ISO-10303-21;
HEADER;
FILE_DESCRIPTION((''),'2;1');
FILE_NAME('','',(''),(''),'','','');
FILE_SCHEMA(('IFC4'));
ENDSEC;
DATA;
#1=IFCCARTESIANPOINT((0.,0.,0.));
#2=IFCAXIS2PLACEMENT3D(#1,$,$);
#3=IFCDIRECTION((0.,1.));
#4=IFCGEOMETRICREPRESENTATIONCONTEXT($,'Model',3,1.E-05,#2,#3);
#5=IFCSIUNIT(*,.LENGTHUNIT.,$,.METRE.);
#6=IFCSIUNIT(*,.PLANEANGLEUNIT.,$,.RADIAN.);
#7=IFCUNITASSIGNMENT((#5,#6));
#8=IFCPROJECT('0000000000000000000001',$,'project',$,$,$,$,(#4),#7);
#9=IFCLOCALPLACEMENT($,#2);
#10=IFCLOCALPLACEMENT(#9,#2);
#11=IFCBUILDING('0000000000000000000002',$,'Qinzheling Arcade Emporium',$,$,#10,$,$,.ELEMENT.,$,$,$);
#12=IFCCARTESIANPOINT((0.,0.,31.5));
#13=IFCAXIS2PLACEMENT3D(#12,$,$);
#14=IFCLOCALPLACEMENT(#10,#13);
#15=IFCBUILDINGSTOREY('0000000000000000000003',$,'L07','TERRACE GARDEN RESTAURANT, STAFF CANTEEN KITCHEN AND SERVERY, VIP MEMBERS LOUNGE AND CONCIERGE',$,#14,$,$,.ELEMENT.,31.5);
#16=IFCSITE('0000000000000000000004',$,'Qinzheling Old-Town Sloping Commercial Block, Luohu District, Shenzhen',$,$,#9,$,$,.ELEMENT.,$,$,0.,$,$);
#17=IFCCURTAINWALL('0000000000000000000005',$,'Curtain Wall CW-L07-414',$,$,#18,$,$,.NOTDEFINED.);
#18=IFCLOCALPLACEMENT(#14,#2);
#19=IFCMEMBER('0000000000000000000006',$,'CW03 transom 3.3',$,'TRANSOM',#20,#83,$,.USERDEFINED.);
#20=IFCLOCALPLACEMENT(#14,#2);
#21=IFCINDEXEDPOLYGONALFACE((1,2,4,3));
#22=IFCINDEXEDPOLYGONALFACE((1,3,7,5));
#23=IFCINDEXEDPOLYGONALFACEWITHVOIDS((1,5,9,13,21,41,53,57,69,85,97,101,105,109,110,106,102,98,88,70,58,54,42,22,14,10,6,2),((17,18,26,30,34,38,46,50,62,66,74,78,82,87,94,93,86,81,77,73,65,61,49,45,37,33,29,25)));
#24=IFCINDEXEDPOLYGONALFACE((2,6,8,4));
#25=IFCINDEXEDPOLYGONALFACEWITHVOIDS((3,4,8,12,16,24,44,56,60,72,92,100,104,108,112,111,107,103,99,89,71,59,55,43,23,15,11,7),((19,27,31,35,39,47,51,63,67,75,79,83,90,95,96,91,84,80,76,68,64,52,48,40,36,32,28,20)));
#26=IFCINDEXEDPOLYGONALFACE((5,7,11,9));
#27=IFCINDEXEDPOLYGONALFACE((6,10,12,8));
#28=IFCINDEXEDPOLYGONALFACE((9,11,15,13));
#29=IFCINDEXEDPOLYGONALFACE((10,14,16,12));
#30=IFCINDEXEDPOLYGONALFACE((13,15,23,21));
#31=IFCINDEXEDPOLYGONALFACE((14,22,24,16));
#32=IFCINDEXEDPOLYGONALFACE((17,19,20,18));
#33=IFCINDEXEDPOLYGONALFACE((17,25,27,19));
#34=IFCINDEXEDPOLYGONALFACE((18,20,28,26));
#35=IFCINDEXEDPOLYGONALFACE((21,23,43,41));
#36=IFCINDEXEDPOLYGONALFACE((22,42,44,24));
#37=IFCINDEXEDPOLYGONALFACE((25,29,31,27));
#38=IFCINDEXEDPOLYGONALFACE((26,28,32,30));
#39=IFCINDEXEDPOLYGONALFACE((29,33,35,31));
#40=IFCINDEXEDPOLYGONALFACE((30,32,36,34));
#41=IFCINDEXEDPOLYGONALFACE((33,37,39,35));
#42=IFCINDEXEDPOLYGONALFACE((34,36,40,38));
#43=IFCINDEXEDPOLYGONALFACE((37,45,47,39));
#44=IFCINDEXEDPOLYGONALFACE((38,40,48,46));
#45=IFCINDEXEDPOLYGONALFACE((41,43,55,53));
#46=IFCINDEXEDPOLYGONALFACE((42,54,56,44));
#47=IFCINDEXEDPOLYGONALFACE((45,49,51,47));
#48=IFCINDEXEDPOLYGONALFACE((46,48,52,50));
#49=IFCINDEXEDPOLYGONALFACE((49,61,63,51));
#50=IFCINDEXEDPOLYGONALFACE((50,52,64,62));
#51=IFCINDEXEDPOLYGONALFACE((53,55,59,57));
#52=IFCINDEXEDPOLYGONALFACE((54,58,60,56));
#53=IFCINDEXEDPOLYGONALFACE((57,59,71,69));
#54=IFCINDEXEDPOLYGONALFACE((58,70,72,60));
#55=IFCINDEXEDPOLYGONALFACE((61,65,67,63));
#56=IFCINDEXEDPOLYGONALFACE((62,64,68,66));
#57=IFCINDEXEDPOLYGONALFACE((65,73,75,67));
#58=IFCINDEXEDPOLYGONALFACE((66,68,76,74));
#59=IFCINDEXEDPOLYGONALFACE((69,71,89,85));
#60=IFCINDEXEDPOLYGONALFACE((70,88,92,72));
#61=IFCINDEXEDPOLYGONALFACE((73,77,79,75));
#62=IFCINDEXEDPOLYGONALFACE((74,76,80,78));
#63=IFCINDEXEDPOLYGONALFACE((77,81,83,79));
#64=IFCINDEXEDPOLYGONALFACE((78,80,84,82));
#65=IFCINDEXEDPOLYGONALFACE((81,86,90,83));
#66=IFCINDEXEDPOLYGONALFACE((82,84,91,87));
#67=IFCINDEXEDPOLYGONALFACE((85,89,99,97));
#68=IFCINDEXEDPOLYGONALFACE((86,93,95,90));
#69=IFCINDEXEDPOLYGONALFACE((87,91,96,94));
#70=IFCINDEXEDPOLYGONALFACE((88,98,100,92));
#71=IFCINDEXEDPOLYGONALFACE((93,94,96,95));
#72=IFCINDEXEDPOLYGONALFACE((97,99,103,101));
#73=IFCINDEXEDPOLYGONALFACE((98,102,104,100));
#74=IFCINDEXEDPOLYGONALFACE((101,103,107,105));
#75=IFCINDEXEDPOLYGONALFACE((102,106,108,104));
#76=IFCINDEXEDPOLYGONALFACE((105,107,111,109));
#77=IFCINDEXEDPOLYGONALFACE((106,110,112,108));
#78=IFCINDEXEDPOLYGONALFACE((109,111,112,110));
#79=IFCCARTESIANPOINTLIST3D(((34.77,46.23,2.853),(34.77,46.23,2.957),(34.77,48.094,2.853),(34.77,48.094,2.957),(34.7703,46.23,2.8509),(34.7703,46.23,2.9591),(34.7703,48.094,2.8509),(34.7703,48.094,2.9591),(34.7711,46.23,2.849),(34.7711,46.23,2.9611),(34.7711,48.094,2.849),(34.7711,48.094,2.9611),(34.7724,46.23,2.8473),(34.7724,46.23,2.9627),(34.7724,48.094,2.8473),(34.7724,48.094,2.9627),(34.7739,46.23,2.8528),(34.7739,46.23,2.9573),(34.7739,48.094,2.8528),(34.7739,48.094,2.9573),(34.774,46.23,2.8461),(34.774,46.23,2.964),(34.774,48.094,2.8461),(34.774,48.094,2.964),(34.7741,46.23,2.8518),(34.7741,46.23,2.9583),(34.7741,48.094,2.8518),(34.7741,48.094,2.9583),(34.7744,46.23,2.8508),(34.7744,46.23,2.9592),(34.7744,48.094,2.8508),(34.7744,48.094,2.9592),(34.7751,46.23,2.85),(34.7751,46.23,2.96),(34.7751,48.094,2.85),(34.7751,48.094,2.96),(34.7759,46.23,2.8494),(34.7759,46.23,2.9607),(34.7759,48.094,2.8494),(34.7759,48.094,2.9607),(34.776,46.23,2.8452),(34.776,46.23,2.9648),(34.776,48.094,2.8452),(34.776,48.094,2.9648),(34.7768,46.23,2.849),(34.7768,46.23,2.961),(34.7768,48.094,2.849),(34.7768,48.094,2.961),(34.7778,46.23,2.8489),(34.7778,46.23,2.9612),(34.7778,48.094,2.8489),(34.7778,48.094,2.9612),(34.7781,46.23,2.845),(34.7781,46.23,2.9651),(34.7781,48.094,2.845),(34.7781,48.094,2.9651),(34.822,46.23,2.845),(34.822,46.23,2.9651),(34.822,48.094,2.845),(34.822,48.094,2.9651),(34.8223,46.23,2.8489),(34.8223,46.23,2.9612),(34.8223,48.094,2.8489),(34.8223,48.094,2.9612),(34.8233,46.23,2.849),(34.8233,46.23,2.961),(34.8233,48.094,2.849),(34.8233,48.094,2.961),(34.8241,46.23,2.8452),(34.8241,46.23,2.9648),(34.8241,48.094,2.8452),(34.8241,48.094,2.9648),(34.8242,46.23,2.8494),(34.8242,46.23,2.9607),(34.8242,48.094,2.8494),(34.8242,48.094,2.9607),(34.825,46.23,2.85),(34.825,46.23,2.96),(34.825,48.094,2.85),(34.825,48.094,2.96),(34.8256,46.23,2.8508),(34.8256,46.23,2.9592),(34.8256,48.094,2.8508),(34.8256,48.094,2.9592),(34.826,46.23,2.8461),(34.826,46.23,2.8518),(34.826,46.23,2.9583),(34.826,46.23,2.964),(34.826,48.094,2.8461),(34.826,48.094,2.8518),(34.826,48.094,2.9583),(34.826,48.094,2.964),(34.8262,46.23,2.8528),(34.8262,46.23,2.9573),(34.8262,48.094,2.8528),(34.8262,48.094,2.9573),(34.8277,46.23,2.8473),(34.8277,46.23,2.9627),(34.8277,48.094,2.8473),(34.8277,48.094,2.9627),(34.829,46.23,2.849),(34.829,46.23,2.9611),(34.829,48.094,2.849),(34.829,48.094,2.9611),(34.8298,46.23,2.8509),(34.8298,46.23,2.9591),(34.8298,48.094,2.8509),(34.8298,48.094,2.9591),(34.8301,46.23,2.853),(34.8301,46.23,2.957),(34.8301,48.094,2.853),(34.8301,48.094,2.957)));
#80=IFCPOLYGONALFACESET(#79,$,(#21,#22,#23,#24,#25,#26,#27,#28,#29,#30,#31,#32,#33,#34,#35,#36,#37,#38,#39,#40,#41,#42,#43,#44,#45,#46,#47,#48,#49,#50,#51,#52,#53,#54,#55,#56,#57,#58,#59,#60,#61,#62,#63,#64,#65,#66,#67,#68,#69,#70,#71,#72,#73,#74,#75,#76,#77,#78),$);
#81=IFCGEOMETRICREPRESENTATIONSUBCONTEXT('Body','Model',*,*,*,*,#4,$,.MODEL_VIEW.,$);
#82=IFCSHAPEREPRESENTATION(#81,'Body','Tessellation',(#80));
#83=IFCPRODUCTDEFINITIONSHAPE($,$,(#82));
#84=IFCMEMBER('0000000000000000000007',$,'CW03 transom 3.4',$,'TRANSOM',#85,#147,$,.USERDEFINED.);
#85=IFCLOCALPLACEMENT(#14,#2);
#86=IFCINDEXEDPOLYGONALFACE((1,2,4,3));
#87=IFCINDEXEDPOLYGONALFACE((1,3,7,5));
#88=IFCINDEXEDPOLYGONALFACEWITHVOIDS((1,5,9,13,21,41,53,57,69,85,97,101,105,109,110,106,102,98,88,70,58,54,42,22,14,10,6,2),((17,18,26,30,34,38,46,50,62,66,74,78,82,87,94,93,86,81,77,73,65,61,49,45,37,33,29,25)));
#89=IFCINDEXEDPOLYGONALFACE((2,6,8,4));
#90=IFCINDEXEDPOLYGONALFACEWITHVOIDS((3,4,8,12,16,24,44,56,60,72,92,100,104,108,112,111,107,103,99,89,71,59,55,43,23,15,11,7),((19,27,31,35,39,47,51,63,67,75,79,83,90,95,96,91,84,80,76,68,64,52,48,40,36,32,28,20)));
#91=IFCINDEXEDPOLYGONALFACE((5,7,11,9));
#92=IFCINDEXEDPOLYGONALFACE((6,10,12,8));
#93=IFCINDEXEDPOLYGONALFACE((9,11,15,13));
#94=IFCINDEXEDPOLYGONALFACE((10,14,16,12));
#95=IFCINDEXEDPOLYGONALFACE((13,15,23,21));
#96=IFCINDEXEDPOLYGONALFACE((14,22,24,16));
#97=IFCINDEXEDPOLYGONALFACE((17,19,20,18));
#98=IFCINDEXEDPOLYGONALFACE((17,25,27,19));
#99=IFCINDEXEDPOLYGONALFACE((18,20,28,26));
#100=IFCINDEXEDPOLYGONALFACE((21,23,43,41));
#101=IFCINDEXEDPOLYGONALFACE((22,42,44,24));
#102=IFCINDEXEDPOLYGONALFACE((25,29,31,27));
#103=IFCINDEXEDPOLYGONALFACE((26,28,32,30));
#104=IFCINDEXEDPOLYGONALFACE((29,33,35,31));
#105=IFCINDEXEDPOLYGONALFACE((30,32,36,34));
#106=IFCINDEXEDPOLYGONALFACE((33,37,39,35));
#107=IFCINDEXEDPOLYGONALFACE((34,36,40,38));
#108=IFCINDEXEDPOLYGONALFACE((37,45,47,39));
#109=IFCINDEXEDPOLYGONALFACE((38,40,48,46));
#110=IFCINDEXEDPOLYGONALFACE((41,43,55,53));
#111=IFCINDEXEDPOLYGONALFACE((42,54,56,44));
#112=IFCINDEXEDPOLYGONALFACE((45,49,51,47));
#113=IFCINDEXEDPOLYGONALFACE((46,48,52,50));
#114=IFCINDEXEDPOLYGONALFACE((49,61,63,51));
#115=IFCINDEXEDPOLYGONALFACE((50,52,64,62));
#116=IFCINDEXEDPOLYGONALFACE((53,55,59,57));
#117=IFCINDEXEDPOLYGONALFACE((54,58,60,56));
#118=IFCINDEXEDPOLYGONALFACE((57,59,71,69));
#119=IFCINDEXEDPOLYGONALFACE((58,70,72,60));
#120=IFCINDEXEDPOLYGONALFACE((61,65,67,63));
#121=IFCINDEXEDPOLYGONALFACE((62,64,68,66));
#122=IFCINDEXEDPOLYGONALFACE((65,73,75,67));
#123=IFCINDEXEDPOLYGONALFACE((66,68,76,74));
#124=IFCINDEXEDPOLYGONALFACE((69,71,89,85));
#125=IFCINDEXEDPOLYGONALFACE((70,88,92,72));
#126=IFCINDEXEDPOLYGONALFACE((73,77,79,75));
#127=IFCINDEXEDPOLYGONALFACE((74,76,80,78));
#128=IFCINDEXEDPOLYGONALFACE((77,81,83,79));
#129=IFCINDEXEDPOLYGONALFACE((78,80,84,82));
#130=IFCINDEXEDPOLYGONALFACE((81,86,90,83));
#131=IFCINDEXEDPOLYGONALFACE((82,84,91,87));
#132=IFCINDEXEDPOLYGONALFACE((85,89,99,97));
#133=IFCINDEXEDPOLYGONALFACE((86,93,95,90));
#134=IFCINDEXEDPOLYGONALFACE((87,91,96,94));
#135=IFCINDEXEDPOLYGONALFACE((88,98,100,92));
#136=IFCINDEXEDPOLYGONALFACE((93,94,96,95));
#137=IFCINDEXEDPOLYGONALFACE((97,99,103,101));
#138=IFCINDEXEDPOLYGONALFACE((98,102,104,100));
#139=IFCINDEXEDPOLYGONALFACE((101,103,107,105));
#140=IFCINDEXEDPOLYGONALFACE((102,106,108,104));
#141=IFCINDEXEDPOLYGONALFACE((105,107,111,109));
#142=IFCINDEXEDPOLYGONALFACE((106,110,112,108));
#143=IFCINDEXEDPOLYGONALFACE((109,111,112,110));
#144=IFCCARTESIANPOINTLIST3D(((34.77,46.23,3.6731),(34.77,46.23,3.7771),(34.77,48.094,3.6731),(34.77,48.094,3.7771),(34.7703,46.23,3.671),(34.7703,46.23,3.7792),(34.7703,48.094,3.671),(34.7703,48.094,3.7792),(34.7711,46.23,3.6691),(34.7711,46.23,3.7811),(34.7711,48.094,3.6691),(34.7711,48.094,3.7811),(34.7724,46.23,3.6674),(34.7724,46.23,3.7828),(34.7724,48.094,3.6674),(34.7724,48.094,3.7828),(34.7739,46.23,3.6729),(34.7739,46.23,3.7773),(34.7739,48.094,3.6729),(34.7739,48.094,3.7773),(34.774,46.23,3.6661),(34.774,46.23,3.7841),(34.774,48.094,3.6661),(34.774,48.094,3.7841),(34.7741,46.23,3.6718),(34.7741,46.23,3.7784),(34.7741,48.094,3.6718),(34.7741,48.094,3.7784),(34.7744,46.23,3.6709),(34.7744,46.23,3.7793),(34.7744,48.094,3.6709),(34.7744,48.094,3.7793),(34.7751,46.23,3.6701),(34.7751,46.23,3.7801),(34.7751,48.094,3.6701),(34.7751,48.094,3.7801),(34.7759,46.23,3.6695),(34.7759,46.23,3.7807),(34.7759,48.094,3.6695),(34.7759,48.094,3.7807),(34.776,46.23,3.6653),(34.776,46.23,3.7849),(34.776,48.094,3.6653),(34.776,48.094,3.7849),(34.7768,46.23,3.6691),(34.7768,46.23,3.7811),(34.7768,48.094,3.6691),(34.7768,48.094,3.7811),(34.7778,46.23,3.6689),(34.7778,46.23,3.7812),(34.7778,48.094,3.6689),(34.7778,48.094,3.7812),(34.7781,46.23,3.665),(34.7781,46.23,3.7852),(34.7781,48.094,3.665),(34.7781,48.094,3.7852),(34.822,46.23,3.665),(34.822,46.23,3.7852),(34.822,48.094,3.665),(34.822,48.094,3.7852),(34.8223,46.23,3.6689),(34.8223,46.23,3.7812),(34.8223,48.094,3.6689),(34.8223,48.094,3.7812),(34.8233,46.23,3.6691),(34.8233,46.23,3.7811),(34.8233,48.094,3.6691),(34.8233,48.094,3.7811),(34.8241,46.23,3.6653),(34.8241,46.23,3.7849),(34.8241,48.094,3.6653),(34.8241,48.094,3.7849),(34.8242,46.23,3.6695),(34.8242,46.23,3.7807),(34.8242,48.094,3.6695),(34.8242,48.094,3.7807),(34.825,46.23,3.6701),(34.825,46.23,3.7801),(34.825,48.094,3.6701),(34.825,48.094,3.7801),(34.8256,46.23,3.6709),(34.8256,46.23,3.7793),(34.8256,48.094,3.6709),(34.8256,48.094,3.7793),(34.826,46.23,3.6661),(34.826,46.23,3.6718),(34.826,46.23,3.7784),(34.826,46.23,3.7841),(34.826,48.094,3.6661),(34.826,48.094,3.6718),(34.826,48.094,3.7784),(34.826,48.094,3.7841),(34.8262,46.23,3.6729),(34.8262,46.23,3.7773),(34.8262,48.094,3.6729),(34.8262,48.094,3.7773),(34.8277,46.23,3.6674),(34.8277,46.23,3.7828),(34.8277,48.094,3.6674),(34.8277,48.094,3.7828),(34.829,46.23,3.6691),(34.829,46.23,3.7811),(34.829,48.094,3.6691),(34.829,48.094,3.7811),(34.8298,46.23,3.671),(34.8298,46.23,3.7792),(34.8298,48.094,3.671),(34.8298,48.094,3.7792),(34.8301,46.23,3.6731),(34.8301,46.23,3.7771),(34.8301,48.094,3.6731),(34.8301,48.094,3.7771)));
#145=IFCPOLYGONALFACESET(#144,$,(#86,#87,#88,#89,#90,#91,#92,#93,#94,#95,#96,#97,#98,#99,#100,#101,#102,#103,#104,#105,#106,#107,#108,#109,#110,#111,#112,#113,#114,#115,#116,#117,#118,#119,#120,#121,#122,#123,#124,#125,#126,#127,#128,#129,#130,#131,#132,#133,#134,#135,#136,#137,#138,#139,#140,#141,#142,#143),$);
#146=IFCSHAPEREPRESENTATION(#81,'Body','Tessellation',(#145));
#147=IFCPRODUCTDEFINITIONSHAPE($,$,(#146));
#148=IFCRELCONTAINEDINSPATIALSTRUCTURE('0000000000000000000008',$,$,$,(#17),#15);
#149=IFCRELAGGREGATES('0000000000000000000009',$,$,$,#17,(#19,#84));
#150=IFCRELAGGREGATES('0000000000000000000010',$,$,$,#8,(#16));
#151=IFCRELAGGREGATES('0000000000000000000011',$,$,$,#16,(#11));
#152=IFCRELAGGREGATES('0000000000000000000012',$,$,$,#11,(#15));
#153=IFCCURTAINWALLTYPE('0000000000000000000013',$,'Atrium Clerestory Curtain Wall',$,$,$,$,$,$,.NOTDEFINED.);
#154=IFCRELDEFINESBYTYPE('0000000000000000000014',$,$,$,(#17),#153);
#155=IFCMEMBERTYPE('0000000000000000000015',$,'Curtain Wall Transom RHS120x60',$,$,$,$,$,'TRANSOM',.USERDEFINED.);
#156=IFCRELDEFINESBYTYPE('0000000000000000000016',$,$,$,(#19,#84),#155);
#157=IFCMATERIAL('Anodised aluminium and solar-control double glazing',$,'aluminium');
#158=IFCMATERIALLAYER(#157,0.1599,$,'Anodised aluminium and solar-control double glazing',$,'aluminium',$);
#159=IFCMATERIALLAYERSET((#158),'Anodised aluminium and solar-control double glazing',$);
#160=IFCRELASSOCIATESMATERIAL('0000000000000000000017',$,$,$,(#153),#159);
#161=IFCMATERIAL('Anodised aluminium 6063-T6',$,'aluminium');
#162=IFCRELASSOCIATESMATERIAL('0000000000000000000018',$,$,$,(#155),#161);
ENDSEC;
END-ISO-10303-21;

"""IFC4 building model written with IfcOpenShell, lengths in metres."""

from ifc_helpers import new_model, si_unit, direction, frame, origin, origin_2d, place, context, subcontext, project, spatial, hollow_rectangle, extrude, material, layer, layer_set, material_profile, profile_set, type_object, element, aggregate, save


model = new_model("IFC4")

# Units and contexts
model_context = context("Model", 3, precision=1e-05, world=origin(), true_north=direction((0.0, 1.0)))
body_context = subcontext(model_context, "Body", "Model", "MODEL_VIEW")
ifc_project = project(units=[si_unit("LENGTHUNIT", "METRE"), si_unit("PLANEANGLEUNIT", "RADIAN")], contexts=[model_context])

# Site, building, storey
site_placement = place(None, origin())
site = spatial("IfcSite", under=ifc_project, at=site_placement, Name="Qinzheling Old-Town Sloping Commercial Block, Luohu District, Shenzhen", CompositionType="ELEMENT", RefElevation=0.0)
building_placement = place(site_placement, origin())
building = spatial("IfcBuilding", under=site, at=building_placement, Name="Qinzheling Arcade Emporium", CompositionType="ELEMENT")
storey_placement = place(building_placement, frame((0.0, 0.0, 31.5)))
storey = spatial("IfcBuildingStorey", under=building, at=storey_placement, Name="L07", Description="TERRACE GARDEN RESTAURANT, STAFF CANTEEN KITCHEN AND SERVERY, VIP MEMBERS LOUNGE AND CONCIERGE", CompositionType="ELEMENT", Elevation=31.5)

# Curtain wall
ifc_material_1 = material(Name="Anodised aluminium and solar-control double glazing", Category="aluminium")
ifc_layer_1 = layer(ifc_material_1, 0.1599, Name="Anodised aluminium and solar-control double glazing", Category="aluminium")
ifc_layer_set_1 = layer_set([ifc_layer_1], Name="Anodised aluminium and solar-control double glazing")
curtain_wall_type = type_object("IfcCurtainWallType", Name="Atrium Clerestory Curtain Wall", PredefinedType="NOTDEFINED", material=ifc_layer_set_1)
curtain_wall_1_placement = place(storey_placement, origin())
curtain_wall_1 = element("IfcCurtainWall", 1, at=curtain_wall_1_placement, inside=storey, type_object=curtain_wall_type, Name="Curtain Wall CW-L07-414", PredefinedType="NOTDEFINED")
ifc_material_2 = material(Name="Anodised aluminium 6063-T6", Category="aluminium")

# Members
ifc_material_profile_1 = material_profile(ifc_material_2, hollow_rectangle(XDim=0.0601, YDim=0.1201, WallThickness=0.0039, InnerFilletRadius=0.0039, OuterFilletRadius=0.0081, at=origin_2d()), Name="RHS 120x60x4", Category="aluminium")
ifc_profile_set_1 = profile_set([ifc_material_profile_1], Name="Anodised aluminium 6063-T6")
member_type_1 = type_object("IfcMemberType", Name="Curtain Wall Transom RHS120x60", ElementType="TRANSOM", PredefinedType="USERDEFINED", material=ifc_profile_set_1)
member_1_placement = place(storey_placement, frame((34.8, 46.23, 2.905), z_axis=(0.0, 1.0, 0.0), x_axis=(-1.0, 0.0, 0.0)))
member_1 = element("IfcMember", 2, at=member_1_placement, type_object=member_type_1, Name="CW03 transom 3.3", ObjectType="TRANSOM", PredefinedType="USERDEFINED", context=body_context, shape_type="SweptSolid", body=[
    extrude(hollow_rectangle(XDim=0.0601, YDim=0.1201, WallThickness=0.0039, InnerFilletRadius=0.0039, OuterFilletRadius=0.0081, at=origin_2d()), origin(), (0.0, 0.0, 1.0), 1.864),
])
member_2_placement = place(storey_placement, frame((34.8, 46.23, 3.7251), z_axis=(0.0, 1.0, 0.0), x_axis=(-1.0, 0.0, 0.0)))
member_2 = element("IfcMember", 3, at=member_2_placement, type_object=member_type_1, Name="CW03 transom 3.4", ObjectType="TRANSOM", PredefinedType="USERDEFINED", context=body_context, shape_type="SweptSolid", body=[
    extrude(hollow_rectangle(XDim=0.0601, YDim=0.1201, WallThickness=0.0039, InnerFilletRadius=0.0039, OuterFilletRadius=0.0081, at=origin_2d()), origin(), (0.0, 0.0, 1.0), 1.864),
])

aggregate(curtain_wall_1, [member_1, member_2])

save(model, "model.ifc")
